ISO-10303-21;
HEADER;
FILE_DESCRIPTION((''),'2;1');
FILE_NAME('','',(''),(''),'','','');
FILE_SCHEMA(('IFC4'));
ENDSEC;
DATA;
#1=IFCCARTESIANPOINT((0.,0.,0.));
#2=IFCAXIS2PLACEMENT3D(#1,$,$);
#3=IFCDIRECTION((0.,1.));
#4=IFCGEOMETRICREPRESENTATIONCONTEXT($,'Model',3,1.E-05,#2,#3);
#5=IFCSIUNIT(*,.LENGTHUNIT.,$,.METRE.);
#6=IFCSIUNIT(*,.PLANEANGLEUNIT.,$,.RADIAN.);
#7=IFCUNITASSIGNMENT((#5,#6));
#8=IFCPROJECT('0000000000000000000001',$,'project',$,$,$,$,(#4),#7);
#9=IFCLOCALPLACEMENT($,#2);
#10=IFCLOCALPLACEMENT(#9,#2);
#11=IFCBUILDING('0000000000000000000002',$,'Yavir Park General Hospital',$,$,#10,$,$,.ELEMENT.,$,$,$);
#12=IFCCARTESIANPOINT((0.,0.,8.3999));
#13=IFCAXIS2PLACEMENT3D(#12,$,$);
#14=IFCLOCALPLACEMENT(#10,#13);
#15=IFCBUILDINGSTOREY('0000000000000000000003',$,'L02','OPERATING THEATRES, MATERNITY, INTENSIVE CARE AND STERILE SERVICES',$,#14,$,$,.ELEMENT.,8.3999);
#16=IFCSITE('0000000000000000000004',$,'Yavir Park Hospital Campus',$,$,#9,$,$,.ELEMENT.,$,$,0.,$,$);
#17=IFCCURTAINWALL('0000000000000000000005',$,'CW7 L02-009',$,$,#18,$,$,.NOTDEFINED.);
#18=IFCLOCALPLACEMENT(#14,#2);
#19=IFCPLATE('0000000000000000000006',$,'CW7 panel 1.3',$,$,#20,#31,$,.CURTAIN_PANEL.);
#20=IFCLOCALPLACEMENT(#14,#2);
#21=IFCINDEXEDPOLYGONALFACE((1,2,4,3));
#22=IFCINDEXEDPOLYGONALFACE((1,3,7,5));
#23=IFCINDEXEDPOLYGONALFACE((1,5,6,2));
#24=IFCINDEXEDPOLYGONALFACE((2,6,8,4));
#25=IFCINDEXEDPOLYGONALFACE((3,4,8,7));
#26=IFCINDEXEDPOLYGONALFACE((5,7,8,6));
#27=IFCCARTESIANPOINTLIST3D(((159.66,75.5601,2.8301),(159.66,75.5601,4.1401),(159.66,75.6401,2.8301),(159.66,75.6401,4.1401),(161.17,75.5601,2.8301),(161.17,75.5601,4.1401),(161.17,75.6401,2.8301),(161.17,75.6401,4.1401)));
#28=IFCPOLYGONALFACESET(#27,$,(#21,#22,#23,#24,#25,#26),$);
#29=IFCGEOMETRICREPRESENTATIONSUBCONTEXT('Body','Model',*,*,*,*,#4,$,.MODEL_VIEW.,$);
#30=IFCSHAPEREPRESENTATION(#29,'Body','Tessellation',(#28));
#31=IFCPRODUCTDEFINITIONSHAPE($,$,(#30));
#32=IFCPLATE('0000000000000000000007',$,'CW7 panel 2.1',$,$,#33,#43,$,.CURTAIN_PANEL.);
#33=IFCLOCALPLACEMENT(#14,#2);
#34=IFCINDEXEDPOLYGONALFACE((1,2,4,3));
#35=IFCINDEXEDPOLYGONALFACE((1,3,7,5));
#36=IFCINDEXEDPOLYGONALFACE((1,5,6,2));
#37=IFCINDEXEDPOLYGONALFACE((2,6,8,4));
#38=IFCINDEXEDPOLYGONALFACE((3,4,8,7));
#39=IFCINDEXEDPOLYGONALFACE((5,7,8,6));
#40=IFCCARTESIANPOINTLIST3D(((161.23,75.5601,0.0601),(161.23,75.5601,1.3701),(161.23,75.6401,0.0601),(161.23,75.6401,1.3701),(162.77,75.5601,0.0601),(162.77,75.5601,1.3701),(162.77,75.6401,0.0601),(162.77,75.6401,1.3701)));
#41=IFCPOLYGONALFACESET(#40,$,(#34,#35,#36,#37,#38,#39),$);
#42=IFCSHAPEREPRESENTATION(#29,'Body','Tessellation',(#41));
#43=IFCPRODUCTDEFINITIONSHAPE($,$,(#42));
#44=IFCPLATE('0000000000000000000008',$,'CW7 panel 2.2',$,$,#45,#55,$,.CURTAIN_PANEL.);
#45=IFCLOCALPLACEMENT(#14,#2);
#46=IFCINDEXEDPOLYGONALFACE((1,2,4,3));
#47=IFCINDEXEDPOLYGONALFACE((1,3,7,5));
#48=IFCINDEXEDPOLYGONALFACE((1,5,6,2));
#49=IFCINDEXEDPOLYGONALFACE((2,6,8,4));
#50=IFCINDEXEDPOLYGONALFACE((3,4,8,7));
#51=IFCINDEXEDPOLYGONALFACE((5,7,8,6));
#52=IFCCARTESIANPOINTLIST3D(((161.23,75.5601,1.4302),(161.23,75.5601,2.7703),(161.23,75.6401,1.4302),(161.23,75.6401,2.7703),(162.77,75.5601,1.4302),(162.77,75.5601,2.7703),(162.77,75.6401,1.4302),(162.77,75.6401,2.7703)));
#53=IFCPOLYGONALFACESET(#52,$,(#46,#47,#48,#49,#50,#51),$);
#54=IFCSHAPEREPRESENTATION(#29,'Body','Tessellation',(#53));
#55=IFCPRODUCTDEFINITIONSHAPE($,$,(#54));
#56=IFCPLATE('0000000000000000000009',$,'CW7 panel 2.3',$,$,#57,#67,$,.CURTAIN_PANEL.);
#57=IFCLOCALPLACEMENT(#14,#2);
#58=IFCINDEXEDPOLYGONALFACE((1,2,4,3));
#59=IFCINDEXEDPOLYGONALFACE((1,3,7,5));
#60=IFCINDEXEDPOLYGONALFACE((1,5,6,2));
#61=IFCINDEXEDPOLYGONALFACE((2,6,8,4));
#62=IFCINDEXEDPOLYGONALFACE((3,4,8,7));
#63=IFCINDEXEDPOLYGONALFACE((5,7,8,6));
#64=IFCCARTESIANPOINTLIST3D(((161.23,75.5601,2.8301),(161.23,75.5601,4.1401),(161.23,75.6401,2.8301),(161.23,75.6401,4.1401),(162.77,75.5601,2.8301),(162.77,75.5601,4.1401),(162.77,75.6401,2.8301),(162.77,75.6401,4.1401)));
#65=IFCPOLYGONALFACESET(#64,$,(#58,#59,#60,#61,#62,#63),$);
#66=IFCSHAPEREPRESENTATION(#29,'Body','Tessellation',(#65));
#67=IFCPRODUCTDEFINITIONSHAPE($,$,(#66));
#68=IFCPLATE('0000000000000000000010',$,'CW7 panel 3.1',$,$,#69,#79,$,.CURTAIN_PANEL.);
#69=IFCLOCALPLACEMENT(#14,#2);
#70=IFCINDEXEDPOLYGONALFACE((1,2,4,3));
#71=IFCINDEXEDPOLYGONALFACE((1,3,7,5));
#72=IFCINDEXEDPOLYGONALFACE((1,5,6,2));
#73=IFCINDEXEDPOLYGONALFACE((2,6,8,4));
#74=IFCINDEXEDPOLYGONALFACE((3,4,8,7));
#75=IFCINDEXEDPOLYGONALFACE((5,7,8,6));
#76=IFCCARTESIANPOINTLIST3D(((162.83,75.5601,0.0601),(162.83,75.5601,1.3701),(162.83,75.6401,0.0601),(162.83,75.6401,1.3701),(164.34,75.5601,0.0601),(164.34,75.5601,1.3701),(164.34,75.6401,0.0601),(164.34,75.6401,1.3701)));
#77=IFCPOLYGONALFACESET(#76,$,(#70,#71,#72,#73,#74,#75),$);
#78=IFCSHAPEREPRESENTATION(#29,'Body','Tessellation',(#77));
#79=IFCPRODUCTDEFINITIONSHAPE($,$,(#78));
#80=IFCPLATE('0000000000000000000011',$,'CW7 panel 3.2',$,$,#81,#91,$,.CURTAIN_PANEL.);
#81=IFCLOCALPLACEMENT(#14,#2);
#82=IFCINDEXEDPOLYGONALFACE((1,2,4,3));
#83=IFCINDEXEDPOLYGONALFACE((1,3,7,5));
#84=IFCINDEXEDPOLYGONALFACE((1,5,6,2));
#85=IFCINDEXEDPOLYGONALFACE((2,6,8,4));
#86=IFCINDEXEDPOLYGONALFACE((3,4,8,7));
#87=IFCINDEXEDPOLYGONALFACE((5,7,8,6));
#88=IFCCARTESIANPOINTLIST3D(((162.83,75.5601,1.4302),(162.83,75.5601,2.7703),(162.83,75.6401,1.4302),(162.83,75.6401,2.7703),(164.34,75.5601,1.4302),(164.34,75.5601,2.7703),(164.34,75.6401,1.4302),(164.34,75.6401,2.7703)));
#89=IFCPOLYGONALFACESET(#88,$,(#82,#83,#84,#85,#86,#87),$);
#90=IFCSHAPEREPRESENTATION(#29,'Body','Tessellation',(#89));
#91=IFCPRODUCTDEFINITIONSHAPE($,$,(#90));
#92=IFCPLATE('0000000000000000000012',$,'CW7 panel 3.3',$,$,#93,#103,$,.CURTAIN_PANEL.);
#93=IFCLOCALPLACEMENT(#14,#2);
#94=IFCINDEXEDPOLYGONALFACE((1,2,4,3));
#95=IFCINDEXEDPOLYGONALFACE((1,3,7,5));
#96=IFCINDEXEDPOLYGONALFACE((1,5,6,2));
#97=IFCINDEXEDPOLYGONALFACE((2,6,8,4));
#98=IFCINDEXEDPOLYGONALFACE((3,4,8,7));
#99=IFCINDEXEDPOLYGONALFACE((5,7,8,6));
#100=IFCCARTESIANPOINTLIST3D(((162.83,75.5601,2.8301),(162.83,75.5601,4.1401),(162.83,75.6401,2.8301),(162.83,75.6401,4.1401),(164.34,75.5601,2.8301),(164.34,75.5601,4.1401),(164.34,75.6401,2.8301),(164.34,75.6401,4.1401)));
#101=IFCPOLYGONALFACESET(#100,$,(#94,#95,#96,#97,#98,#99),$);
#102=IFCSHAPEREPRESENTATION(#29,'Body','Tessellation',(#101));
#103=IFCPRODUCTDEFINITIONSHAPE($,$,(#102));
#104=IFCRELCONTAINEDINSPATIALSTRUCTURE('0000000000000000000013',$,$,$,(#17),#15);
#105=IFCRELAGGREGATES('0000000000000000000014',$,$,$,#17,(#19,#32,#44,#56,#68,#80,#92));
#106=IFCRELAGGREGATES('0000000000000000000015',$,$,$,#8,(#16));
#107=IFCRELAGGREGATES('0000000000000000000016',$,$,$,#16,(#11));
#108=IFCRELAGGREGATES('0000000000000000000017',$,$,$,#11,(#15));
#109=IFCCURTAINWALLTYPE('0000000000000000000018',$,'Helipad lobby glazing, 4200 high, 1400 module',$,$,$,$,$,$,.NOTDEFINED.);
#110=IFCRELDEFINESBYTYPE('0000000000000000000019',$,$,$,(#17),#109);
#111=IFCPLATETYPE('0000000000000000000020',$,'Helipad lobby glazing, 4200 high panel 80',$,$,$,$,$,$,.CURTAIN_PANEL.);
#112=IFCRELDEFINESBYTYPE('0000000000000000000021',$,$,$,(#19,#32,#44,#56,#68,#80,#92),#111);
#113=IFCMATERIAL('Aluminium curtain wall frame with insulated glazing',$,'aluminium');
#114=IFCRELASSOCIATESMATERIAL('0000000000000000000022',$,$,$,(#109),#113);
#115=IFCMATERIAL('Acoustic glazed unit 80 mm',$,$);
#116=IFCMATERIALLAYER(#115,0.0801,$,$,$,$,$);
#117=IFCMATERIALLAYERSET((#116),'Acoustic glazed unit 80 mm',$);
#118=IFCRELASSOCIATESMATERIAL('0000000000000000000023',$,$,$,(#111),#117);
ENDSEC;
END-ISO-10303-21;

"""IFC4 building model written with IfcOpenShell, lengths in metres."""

from ifc_helpers import new_model, si_unit, direction, frame, origin, origin_2d, place, context, subcontext, project, spatial, rectangle, extrude, material, layer, layer_set, type_object, element, aggregate, save


model = new_model("IFC4")

# Units and contexts
model_context = context("Model", 3, precision=1e-05, world=origin(), true_north=direction((0.0, 1.0)))
body_context = subcontext(model_context, "Body", "Model", "MODEL_VIEW")
ifc_project = project(units=[si_unit("LENGTHUNIT", "METRE"), si_unit("PLANEANGLEUNIT", "RADIAN")], contexts=[model_context])

# Site, building, storey
site_placement = place(None, origin())
site = spatial("IfcSite", under=ifc_project, at=site_placement, Name="Yavir Park Hospital Campus", CompositionType="ELEMENT", RefElevation=0.0)
building_placement = place(site_placement, origin())
building = spatial("IfcBuilding", under=site, at=building_placement, Name="Yavir Park General Hospital", CompositionType="ELEMENT")
storey_placement = place(building_placement, frame((0.0, 0.0, 8.3999)))
storey = spatial("IfcBuildingStorey", under=building, at=storey_placement, Name="L02", Description="OPERATING THEATRES, MATERNITY, INTENSIVE CARE AND STERILE SERVICES", CompositionType="ELEMENT", Elevation=8.3999)

# Curtain wall
ifc_material_1 = material(Name="Aluminium curtain wall frame with insulated glazing", Category="aluminium")
curtain_wall_type_1 = type_object("IfcCurtainWallType", Name="Helipad lobby glazing, 4200 high, 1400 module", PredefinedType="NOTDEFINED", material=ifc_material_1)
curtain_wall_1_placement = place(storey_placement, origin())
curtain_wall_1 = element("IfcCurtainWall", 1, at=curtain_wall_1_placement, inside=storey, type_object=curtain_wall_type_1, Name="CW7 L02-009", PredefinedType="NOTDEFINED")

# Plates
ifc_material_2 = material(Name="Acoustic glazed unit 80 mm")
ifc_layer = layer(ifc_material_2, 0.0801)
ifc_layer_set = layer_set([ifc_layer], Name="Acoustic glazed unit 80 mm")
plate_type = type_object("IfcPlateType", Name="Helipad lobby glazing, 4200 high panel 80", PredefinedType="CURTAIN_PANEL", material=ifc_layer_set)
plate_1_placement = place(storey_placement, frame((160.415, 75.6001, 2.8301), z_axis=(0.0, 0.0, 1.0), x_axis=(1.0, 0.0, 0.0)))
plate_1 = element("IfcPlate", 2, at=plate_1_placement, type_object=plate_type, Name="CW7 panel 1.3", PredefinedType="CURTAIN_PANEL", context=body_context, shape_type="SweptSolid", body=[
    extrude(rectangle(XDim=1.51, YDim=0.0801, at=origin_2d()), origin(), (0.0, 0.0, 1.0), 1.3101),
])
plate_2_placement = place(storey_placement, frame((162.0, 75.6001, 0.0601), z_axis=(0.0, 0.0, 1.0), x_axis=(1.0, 0.0, 0.0)))
plate_2 = element("IfcPlate", 3, at=plate_2_placement, type_object=plate_type, Name="CW7 panel 2.1", PredefinedType="CURTAIN_PANEL", context=body_context, shape_type="SweptSolid", body=[
    extrude(rectangle(XDim=1.54, YDim=0.0801, at=origin_2d()), origin(), (0.0, 0.0, 1.0), 1.3101),
])
plate_3_placement = place(storey_placement, frame((162.0, 75.6001, 1.4302), z_axis=(0.0, 0.0, 1.0), x_axis=(1.0, 0.0, 0.0)))
plate_3 = element("IfcPlate", 4, at=plate_3_placement, type_object=plate_type, Name="CW7 panel 2.2", PredefinedType="CURTAIN_PANEL", context=body_context, shape_type="SweptSolid", body=[
    extrude(rectangle(XDim=1.54, YDim=0.0801, at=origin_2d()), origin(), (0.0, 0.0, 1.0), 1.3401),
])
plate_4_placement = place(storey_placement, frame((162.0, 75.6001, 2.8301), z_axis=(0.0, 0.0, 1.0), x_axis=(1.0, 0.0, 0.0)))
plate_4 = element("IfcPlate", 5, at=plate_4_placement, type_object=plate_type, Name="CW7 panel 2.3", PredefinedType="CURTAIN_PANEL", context=body_context, shape_type="SweptSolid", body=[
    extrude(rectangle(XDim=1.54, YDim=0.0801, at=origin_2d()), origin(), (0.0, 0.0, 1.0), 1.3101),
])
plate_5_placement = place(storey_placement, frame((163.585, 75.6001, 0.0601), z_axis=(0.0, 0.0, 1.0), x_axis=(1.0, 0.0, 0.0)))
plate_5 = element("IfcPlate", 6, at=plate_5_placement, type_object=plate_type, Name="CW7 panel 3.1", PredefinedType="CURTAIN_PANEL", context=body_context, shape_type="SweptSolid", body=[
    extrude(rectangle(XDim=1.51, YDim=0.0801, at=origin_2d()), origin(), (0.0, 0.0, 1.0), 1.3101),
])
plate_6_placement = place(storey_placement, frame((163.585, 75.6001, 1.4302), z_axis=(0.0, 0.0, 1.0), x_axis=(1.0, 0.0, 0.0)))
plate_6 = element("IfcPlate", 7, at=plate_6_placement, type_object=plate_type, Name="CW7 panel 3.2", PredefinedType="CURTAIN_PANEL", context=body_context, shape_type="SweptSolid", body=[
    extrude(rectangle(XDim=1.51, YDim=0.0801, at=origin_2d()), origin(), (0.0, 0.0, 1.0), 1.3401),
])
plate_7_placement = place(storey_placement, frame((163.585, 75.6001, 2.8301), z_axis=(0.0, 0.0, 1.0), x_axis=(1.0, 0.0, 0.0)))
plate_7 = element("IfcPlate", 8, at=plate_7_placement, type_object=plate_type, Name="CW7 panel 3.3", PredefinedType="CURTAIN_PANEL", context=body_context, shape_type="SweptSolid", body=[
    extrude(rectangle(XDim=1.51, YDim=0.0801, at=origin_2d()), origin(), (0.0, 0.0, 1.0), 1.3101),
])
aggregate(curtain_wall_1, [plate_1, plate_2, plate_3, plate_4, plate_5, plate_6, plate_7])

save(model, "model.ifc")
